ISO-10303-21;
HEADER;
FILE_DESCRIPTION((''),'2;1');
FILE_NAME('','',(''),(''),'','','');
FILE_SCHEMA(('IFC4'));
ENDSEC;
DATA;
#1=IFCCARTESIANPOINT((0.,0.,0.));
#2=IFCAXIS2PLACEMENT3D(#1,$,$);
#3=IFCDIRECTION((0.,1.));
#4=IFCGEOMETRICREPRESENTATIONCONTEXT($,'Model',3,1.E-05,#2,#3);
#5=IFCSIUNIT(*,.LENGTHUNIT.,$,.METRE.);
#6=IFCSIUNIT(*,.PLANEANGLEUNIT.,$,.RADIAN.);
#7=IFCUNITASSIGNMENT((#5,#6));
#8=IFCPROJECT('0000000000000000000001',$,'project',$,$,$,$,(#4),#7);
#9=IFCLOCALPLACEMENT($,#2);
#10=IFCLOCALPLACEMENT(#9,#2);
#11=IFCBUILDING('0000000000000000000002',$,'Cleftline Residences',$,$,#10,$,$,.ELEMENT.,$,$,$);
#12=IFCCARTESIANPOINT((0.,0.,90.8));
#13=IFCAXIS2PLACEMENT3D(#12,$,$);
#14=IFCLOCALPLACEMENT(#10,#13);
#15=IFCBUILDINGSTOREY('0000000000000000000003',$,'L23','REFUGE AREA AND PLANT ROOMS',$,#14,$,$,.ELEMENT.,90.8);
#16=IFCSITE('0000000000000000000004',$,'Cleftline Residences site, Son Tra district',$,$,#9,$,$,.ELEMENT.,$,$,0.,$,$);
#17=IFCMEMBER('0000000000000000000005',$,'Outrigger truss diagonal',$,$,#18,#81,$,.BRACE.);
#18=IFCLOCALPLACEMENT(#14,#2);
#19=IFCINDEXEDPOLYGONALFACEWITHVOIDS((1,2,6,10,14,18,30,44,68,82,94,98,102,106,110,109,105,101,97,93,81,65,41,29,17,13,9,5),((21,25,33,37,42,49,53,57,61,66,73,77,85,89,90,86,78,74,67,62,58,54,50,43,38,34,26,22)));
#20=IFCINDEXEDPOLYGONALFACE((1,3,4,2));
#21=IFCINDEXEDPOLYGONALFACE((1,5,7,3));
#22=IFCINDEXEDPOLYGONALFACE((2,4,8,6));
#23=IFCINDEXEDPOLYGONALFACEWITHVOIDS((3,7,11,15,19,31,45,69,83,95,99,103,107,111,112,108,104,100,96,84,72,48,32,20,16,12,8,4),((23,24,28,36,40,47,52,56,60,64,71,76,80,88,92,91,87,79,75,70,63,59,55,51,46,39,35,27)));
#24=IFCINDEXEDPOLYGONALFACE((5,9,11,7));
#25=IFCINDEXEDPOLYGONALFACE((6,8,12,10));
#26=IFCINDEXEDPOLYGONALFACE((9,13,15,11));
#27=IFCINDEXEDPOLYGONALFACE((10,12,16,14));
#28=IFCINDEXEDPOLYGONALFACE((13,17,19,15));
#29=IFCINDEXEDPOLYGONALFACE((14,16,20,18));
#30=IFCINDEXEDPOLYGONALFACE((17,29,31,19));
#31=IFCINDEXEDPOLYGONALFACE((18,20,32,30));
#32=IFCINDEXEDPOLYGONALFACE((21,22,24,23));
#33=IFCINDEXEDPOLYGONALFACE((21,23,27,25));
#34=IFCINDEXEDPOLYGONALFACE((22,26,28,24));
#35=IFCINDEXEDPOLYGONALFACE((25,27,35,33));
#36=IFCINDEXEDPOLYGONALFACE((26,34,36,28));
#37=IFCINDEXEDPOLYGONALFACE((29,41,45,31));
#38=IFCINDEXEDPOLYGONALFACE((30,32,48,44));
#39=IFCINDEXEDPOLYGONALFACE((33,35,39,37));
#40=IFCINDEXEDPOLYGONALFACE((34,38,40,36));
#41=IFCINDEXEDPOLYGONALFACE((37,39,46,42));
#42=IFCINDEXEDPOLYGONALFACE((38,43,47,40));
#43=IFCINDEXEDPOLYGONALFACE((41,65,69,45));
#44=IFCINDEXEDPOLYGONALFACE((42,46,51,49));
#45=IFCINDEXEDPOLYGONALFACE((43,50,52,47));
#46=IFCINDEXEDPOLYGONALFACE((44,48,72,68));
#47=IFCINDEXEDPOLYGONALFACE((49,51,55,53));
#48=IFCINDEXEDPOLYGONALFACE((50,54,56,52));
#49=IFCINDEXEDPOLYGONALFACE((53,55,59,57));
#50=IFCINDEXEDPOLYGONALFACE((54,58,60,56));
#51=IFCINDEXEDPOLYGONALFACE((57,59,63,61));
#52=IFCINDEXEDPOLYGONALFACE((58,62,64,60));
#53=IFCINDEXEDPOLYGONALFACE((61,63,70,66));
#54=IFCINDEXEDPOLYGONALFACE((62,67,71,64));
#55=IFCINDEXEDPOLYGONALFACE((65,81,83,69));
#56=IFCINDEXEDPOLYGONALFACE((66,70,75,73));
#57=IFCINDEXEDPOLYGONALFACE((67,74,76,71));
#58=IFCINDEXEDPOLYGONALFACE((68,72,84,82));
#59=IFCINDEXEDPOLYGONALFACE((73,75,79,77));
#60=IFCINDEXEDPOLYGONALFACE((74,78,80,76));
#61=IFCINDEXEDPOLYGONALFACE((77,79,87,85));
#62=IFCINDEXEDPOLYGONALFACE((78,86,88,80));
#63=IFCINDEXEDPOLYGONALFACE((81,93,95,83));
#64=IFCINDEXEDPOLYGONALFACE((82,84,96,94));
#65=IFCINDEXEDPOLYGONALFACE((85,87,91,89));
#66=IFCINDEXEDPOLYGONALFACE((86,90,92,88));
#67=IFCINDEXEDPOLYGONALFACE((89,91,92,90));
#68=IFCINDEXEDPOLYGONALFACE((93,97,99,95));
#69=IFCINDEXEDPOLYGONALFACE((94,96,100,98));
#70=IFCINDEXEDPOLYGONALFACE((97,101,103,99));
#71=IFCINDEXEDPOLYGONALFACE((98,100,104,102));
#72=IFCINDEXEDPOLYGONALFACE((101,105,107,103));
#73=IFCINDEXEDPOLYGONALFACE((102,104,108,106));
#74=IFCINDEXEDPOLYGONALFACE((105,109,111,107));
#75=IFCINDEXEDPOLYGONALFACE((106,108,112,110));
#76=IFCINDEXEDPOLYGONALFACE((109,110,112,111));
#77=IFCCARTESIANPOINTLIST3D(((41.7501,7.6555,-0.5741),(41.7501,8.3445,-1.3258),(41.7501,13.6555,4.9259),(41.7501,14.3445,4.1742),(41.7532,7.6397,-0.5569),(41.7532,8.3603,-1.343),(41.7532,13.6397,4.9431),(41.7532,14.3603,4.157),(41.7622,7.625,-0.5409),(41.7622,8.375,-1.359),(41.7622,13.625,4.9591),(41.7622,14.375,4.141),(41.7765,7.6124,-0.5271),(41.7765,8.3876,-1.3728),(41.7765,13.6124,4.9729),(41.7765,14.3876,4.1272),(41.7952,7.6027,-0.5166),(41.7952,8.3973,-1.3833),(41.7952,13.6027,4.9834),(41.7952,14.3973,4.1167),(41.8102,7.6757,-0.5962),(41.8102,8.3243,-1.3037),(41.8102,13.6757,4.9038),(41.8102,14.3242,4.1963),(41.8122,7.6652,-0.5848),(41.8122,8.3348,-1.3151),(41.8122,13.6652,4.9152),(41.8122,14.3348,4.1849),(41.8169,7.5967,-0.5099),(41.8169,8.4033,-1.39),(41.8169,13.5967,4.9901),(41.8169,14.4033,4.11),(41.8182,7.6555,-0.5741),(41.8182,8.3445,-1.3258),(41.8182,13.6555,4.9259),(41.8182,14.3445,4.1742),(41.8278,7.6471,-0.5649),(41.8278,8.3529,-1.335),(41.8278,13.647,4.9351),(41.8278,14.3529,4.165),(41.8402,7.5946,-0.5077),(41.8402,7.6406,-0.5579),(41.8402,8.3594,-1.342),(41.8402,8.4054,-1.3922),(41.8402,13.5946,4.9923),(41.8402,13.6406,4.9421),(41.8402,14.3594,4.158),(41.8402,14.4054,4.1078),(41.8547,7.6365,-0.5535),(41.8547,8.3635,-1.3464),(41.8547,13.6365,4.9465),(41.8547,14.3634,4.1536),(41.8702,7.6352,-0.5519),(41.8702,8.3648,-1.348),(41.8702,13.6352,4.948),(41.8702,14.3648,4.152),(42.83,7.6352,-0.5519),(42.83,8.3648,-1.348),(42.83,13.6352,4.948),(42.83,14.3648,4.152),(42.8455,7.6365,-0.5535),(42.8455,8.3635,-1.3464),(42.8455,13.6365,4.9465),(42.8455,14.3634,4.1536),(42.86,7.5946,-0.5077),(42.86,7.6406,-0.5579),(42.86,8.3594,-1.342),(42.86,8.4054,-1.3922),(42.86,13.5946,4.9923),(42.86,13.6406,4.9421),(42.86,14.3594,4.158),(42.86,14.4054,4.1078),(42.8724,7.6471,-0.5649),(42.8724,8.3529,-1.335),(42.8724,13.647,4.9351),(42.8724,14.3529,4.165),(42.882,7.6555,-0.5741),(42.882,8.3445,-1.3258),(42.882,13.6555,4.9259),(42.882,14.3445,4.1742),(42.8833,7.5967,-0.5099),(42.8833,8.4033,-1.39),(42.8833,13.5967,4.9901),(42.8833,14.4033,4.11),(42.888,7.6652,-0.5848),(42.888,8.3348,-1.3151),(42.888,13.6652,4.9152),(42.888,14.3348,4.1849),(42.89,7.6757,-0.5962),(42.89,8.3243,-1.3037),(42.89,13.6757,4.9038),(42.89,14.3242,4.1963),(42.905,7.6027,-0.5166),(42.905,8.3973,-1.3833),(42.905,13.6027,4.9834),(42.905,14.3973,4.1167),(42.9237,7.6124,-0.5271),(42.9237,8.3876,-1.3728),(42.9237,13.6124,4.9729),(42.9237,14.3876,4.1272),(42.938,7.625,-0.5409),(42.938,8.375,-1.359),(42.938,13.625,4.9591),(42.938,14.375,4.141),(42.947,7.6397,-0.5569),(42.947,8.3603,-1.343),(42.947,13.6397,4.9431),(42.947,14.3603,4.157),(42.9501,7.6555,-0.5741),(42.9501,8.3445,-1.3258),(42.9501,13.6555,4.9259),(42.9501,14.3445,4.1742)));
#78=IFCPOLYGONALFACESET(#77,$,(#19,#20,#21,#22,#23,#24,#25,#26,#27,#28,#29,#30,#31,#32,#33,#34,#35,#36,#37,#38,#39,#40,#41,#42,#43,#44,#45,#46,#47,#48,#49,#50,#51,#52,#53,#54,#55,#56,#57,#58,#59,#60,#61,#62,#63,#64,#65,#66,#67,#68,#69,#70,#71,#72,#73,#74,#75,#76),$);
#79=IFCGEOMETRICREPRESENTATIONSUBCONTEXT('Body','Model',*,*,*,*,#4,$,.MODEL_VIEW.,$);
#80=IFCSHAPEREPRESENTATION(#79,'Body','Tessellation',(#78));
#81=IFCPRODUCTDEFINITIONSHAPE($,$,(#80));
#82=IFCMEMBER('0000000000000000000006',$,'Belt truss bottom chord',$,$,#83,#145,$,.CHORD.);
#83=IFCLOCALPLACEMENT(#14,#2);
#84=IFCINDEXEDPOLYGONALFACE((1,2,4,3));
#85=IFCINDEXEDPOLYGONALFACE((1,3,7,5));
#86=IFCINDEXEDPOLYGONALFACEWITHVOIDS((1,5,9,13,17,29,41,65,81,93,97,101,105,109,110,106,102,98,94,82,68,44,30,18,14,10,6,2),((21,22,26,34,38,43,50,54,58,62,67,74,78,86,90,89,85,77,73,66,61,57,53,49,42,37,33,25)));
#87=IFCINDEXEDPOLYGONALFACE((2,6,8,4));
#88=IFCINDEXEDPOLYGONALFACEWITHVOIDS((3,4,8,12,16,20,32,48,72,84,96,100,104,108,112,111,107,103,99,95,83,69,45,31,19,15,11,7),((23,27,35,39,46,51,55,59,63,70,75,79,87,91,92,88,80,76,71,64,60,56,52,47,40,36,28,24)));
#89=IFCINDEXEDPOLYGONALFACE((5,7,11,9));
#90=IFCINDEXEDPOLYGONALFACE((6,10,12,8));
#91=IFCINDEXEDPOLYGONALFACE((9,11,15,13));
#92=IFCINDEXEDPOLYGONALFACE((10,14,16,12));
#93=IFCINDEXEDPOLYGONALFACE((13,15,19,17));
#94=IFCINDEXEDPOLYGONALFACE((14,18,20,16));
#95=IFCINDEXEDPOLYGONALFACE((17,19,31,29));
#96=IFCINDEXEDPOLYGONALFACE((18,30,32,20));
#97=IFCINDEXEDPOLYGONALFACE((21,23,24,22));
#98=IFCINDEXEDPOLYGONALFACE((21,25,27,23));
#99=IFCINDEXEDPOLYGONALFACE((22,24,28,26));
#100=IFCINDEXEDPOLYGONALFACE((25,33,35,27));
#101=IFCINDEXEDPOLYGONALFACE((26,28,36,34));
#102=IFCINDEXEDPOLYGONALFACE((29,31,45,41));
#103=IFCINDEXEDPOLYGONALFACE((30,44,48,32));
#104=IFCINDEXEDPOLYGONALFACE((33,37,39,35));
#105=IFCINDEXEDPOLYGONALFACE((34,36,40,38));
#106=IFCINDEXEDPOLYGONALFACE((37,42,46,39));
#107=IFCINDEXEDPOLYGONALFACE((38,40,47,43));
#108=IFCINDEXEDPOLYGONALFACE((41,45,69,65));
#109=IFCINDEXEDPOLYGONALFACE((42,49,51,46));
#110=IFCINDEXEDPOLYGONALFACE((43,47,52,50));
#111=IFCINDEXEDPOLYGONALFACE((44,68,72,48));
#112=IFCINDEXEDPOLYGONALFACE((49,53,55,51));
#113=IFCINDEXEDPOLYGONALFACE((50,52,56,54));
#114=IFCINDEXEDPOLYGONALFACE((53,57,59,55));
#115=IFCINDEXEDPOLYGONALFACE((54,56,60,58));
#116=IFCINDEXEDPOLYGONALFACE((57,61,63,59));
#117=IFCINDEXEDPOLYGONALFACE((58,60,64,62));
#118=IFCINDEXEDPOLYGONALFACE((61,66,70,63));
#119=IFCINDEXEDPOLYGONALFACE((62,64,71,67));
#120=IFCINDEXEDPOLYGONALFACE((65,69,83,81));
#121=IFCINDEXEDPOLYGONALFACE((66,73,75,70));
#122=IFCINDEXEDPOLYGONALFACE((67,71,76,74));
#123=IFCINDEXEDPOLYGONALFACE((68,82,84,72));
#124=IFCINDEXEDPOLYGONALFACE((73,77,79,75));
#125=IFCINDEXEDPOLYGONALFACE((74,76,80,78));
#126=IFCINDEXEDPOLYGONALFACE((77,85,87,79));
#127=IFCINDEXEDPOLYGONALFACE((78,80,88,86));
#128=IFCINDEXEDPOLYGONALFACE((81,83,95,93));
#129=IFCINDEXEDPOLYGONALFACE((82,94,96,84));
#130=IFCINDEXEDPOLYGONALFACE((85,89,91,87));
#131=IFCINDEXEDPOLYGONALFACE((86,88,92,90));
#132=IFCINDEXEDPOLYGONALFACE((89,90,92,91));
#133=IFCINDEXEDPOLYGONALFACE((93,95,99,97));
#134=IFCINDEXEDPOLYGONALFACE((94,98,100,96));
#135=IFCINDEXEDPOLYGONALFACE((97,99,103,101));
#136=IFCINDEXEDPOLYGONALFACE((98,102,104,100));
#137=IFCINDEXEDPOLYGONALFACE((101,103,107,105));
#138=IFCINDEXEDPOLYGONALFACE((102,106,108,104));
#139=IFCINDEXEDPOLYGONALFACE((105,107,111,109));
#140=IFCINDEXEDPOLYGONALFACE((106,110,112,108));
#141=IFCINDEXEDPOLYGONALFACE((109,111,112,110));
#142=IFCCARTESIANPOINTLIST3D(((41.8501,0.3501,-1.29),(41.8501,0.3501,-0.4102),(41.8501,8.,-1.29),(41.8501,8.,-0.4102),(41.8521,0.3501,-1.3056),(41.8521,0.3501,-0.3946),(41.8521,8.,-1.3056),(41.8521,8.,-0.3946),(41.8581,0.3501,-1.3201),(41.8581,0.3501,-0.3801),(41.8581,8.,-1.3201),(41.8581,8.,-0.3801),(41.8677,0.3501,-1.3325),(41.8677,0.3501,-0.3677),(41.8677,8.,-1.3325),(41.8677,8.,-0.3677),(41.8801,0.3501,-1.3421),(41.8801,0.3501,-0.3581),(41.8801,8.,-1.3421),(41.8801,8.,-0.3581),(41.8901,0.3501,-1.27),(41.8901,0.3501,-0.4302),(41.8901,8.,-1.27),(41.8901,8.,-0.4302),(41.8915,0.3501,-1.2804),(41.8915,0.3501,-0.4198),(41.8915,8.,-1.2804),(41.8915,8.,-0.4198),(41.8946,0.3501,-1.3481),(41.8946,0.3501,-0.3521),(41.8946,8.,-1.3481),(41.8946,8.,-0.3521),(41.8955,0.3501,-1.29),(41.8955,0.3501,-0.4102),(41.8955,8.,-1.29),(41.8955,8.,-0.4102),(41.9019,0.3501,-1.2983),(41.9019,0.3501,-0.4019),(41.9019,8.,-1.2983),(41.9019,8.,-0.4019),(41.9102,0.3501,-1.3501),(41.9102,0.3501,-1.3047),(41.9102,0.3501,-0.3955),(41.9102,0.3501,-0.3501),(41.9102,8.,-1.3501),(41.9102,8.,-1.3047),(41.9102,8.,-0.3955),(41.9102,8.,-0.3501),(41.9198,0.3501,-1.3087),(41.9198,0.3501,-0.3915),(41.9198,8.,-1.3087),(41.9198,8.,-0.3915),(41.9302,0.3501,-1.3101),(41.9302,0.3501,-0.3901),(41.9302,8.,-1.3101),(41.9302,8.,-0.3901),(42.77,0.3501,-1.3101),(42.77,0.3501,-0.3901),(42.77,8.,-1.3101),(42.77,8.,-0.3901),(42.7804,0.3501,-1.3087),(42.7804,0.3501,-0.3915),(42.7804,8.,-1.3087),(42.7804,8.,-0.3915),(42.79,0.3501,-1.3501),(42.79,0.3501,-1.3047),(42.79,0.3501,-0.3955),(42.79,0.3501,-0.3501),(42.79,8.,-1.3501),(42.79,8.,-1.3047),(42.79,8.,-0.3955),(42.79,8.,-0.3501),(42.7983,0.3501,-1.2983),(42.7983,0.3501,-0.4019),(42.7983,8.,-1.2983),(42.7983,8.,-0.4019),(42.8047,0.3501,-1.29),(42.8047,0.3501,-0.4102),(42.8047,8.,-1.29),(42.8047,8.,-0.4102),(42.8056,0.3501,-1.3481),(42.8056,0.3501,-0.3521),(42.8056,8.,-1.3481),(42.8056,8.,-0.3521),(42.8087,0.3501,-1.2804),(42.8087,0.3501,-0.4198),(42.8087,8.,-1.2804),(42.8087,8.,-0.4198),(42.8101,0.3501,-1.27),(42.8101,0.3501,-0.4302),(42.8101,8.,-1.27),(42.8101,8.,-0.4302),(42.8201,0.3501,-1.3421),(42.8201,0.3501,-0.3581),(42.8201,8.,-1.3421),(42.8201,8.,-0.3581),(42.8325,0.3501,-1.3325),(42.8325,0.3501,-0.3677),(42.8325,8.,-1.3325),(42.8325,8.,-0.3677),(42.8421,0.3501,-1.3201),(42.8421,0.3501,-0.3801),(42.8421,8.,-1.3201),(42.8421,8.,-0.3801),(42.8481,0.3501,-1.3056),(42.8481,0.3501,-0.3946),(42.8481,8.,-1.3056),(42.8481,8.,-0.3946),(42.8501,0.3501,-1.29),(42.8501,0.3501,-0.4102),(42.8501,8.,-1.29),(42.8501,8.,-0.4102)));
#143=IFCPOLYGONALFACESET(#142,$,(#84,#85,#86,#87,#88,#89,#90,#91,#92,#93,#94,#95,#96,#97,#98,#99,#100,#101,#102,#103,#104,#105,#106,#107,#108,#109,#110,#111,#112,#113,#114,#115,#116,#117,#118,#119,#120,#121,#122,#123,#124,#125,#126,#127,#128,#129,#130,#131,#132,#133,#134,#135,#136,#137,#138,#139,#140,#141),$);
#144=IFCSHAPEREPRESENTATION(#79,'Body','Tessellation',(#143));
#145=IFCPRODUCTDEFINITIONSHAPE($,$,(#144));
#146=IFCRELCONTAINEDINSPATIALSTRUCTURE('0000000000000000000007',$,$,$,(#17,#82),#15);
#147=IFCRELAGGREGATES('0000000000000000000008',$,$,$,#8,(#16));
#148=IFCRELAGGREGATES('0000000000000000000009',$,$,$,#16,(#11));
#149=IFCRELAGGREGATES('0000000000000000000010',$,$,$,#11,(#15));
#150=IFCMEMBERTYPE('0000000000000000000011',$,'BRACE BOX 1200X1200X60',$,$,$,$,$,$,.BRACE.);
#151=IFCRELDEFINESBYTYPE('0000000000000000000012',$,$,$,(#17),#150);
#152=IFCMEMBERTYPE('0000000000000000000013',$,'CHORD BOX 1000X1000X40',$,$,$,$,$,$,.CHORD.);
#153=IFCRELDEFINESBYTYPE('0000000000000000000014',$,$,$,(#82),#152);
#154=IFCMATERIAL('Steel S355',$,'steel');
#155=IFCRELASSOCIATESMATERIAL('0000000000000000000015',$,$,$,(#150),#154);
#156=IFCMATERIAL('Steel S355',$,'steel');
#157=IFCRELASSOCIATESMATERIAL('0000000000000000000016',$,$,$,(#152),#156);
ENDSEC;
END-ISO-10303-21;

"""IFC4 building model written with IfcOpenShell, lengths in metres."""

from ifc_helpers import new_model, si_unit, direction, frame, origin, origin_2d, place, context, subcontext, project, spatial, hollow_rectangle, extrude, material, material_profile, profile_set, type_object, element, save


model = new_model("IFC4")

# Units and contexts
model_context = context("Model", 3, precision=1e-05, world=origin(), true_north=direction((0.0, 1.0)))
body_context = subcontext(model_context, "Body", "Model", "MODEL_VIEW")
ifc_project = project(units=[si_unit("LENGTHUNIT", "METRE"), si_unit("PLANEANGLEUNIT", "RADIAN")], contexts=[model_context])

# Site, building, storey
site_placement = place(None, origin())
site = spatial("IfcSite", under=ifc_project, at=site_placement, Name="Cleftline Residences site, Son Tra district", CompositionType="ELEMENT", RefElevation=0.0)
building_placement = place(site_placement, origin())
building = spatial("IfcBuilding", under=site, at=building_placement, Name="Cleftline Residences", CompositionType="ELEMENT")
storey_placement = place(building_placement, frame((0.0, 0.0, 90.8)))
storey = spatial("IfcBuildingStorey", under=building, at=storey_placement, Name="L23", Description="REFUGE AREA AND PLANT ROOMS", CompositionType="ELEMENT", Elevation=90.8)

# Members
ifc_material_1 = material(Name="Steel S355", Category="steel")
ifc_material_profile_1 = material_profile(ifc_material_1, hollow_rectangle(XDim=1.2, YDim=1.2, WallThickness=0.0601, InnerFilletRadius=0.0601, OuterFilletRadius=0.0901, at=origin_2d()))
ifc_profile_set_1 = profile_set([ifc_material_profile_1], Name="Steel S355")
member_type_1 = type_object("IfcMemberType", Name="BRACE BOX 1200X1200X60", PredefinedType="BRACE", material=ifc_profile_set_1)
member_1_placement = place(storey_placement, frame((42.3501, 8.0, -0.95), z_axis=(0.0, 0.737154, 0.675725), x_axis=(0.0, -0.675725, 0.737154)))
element("IfcMember", 1, at=member_1_placement, inside=storey, type_object=member_type_1, Name="Outrigger truss diagonal", PredefinedType="BRACE", context=body_context, shape_type="SweptSolid", body=[
    extrude(hollow_rectangle(XDim=1.2, YDim=1.2, WallThickness=0.0601, InnerFilletRadius=0.0601, OuterFilletRadius=0.0901, at=origin_2d()), origin(), (0.0, 0.0, 1.0), 8.1394),
])
ifc_material_2 = material(Name="Steel S355", Category="steel")
ifc_material_profile_2 = material_profile(ifc_material_2, hollow_rectangle(XDim=1.0, YDim=1.0, WallThickness=0.04, InnerFilletRadius=0.04, OuterFilletRadius=0.0601, at=origin_2d()))
ifc_profile_set_2 = profile_set([ifc_material_profile_2], Name="Steel S355")
member_type_2 = type_object("IfcMemberType", Name="CHORD BOX 1000X1000X40", PredefinedType="CHORD", material=ifc_profile_set_2)
for number, where, z_axis, x_axis, name in (
    (2, (42.3501, 0.3501, -0.8501), (0.0, 1.0, 0.0), (-1.0, 0.0, 0.0), "Belt truss bottom chord"),
):
    element("IfcMember", number, at=place(storey_placement, frame(where, z_axis=z_axis, x_axis=x_axis)), inside=storey, type_object=member_type_2, Name=name, PredefinedType="CHORD", context=body_context, shape_type="SweptSolid", body=[
        extrude(hollow_rectangle(XDim=1.0, YDim=1.0, WallThickness=0.04, InnerFilletRadius=0.04, OuterFilletRadius=0.0601, at=origin_2d()), origin(), (0.0, 0.0, 1.0), 7.6499),
    ])

save(model, "model.ifc")
